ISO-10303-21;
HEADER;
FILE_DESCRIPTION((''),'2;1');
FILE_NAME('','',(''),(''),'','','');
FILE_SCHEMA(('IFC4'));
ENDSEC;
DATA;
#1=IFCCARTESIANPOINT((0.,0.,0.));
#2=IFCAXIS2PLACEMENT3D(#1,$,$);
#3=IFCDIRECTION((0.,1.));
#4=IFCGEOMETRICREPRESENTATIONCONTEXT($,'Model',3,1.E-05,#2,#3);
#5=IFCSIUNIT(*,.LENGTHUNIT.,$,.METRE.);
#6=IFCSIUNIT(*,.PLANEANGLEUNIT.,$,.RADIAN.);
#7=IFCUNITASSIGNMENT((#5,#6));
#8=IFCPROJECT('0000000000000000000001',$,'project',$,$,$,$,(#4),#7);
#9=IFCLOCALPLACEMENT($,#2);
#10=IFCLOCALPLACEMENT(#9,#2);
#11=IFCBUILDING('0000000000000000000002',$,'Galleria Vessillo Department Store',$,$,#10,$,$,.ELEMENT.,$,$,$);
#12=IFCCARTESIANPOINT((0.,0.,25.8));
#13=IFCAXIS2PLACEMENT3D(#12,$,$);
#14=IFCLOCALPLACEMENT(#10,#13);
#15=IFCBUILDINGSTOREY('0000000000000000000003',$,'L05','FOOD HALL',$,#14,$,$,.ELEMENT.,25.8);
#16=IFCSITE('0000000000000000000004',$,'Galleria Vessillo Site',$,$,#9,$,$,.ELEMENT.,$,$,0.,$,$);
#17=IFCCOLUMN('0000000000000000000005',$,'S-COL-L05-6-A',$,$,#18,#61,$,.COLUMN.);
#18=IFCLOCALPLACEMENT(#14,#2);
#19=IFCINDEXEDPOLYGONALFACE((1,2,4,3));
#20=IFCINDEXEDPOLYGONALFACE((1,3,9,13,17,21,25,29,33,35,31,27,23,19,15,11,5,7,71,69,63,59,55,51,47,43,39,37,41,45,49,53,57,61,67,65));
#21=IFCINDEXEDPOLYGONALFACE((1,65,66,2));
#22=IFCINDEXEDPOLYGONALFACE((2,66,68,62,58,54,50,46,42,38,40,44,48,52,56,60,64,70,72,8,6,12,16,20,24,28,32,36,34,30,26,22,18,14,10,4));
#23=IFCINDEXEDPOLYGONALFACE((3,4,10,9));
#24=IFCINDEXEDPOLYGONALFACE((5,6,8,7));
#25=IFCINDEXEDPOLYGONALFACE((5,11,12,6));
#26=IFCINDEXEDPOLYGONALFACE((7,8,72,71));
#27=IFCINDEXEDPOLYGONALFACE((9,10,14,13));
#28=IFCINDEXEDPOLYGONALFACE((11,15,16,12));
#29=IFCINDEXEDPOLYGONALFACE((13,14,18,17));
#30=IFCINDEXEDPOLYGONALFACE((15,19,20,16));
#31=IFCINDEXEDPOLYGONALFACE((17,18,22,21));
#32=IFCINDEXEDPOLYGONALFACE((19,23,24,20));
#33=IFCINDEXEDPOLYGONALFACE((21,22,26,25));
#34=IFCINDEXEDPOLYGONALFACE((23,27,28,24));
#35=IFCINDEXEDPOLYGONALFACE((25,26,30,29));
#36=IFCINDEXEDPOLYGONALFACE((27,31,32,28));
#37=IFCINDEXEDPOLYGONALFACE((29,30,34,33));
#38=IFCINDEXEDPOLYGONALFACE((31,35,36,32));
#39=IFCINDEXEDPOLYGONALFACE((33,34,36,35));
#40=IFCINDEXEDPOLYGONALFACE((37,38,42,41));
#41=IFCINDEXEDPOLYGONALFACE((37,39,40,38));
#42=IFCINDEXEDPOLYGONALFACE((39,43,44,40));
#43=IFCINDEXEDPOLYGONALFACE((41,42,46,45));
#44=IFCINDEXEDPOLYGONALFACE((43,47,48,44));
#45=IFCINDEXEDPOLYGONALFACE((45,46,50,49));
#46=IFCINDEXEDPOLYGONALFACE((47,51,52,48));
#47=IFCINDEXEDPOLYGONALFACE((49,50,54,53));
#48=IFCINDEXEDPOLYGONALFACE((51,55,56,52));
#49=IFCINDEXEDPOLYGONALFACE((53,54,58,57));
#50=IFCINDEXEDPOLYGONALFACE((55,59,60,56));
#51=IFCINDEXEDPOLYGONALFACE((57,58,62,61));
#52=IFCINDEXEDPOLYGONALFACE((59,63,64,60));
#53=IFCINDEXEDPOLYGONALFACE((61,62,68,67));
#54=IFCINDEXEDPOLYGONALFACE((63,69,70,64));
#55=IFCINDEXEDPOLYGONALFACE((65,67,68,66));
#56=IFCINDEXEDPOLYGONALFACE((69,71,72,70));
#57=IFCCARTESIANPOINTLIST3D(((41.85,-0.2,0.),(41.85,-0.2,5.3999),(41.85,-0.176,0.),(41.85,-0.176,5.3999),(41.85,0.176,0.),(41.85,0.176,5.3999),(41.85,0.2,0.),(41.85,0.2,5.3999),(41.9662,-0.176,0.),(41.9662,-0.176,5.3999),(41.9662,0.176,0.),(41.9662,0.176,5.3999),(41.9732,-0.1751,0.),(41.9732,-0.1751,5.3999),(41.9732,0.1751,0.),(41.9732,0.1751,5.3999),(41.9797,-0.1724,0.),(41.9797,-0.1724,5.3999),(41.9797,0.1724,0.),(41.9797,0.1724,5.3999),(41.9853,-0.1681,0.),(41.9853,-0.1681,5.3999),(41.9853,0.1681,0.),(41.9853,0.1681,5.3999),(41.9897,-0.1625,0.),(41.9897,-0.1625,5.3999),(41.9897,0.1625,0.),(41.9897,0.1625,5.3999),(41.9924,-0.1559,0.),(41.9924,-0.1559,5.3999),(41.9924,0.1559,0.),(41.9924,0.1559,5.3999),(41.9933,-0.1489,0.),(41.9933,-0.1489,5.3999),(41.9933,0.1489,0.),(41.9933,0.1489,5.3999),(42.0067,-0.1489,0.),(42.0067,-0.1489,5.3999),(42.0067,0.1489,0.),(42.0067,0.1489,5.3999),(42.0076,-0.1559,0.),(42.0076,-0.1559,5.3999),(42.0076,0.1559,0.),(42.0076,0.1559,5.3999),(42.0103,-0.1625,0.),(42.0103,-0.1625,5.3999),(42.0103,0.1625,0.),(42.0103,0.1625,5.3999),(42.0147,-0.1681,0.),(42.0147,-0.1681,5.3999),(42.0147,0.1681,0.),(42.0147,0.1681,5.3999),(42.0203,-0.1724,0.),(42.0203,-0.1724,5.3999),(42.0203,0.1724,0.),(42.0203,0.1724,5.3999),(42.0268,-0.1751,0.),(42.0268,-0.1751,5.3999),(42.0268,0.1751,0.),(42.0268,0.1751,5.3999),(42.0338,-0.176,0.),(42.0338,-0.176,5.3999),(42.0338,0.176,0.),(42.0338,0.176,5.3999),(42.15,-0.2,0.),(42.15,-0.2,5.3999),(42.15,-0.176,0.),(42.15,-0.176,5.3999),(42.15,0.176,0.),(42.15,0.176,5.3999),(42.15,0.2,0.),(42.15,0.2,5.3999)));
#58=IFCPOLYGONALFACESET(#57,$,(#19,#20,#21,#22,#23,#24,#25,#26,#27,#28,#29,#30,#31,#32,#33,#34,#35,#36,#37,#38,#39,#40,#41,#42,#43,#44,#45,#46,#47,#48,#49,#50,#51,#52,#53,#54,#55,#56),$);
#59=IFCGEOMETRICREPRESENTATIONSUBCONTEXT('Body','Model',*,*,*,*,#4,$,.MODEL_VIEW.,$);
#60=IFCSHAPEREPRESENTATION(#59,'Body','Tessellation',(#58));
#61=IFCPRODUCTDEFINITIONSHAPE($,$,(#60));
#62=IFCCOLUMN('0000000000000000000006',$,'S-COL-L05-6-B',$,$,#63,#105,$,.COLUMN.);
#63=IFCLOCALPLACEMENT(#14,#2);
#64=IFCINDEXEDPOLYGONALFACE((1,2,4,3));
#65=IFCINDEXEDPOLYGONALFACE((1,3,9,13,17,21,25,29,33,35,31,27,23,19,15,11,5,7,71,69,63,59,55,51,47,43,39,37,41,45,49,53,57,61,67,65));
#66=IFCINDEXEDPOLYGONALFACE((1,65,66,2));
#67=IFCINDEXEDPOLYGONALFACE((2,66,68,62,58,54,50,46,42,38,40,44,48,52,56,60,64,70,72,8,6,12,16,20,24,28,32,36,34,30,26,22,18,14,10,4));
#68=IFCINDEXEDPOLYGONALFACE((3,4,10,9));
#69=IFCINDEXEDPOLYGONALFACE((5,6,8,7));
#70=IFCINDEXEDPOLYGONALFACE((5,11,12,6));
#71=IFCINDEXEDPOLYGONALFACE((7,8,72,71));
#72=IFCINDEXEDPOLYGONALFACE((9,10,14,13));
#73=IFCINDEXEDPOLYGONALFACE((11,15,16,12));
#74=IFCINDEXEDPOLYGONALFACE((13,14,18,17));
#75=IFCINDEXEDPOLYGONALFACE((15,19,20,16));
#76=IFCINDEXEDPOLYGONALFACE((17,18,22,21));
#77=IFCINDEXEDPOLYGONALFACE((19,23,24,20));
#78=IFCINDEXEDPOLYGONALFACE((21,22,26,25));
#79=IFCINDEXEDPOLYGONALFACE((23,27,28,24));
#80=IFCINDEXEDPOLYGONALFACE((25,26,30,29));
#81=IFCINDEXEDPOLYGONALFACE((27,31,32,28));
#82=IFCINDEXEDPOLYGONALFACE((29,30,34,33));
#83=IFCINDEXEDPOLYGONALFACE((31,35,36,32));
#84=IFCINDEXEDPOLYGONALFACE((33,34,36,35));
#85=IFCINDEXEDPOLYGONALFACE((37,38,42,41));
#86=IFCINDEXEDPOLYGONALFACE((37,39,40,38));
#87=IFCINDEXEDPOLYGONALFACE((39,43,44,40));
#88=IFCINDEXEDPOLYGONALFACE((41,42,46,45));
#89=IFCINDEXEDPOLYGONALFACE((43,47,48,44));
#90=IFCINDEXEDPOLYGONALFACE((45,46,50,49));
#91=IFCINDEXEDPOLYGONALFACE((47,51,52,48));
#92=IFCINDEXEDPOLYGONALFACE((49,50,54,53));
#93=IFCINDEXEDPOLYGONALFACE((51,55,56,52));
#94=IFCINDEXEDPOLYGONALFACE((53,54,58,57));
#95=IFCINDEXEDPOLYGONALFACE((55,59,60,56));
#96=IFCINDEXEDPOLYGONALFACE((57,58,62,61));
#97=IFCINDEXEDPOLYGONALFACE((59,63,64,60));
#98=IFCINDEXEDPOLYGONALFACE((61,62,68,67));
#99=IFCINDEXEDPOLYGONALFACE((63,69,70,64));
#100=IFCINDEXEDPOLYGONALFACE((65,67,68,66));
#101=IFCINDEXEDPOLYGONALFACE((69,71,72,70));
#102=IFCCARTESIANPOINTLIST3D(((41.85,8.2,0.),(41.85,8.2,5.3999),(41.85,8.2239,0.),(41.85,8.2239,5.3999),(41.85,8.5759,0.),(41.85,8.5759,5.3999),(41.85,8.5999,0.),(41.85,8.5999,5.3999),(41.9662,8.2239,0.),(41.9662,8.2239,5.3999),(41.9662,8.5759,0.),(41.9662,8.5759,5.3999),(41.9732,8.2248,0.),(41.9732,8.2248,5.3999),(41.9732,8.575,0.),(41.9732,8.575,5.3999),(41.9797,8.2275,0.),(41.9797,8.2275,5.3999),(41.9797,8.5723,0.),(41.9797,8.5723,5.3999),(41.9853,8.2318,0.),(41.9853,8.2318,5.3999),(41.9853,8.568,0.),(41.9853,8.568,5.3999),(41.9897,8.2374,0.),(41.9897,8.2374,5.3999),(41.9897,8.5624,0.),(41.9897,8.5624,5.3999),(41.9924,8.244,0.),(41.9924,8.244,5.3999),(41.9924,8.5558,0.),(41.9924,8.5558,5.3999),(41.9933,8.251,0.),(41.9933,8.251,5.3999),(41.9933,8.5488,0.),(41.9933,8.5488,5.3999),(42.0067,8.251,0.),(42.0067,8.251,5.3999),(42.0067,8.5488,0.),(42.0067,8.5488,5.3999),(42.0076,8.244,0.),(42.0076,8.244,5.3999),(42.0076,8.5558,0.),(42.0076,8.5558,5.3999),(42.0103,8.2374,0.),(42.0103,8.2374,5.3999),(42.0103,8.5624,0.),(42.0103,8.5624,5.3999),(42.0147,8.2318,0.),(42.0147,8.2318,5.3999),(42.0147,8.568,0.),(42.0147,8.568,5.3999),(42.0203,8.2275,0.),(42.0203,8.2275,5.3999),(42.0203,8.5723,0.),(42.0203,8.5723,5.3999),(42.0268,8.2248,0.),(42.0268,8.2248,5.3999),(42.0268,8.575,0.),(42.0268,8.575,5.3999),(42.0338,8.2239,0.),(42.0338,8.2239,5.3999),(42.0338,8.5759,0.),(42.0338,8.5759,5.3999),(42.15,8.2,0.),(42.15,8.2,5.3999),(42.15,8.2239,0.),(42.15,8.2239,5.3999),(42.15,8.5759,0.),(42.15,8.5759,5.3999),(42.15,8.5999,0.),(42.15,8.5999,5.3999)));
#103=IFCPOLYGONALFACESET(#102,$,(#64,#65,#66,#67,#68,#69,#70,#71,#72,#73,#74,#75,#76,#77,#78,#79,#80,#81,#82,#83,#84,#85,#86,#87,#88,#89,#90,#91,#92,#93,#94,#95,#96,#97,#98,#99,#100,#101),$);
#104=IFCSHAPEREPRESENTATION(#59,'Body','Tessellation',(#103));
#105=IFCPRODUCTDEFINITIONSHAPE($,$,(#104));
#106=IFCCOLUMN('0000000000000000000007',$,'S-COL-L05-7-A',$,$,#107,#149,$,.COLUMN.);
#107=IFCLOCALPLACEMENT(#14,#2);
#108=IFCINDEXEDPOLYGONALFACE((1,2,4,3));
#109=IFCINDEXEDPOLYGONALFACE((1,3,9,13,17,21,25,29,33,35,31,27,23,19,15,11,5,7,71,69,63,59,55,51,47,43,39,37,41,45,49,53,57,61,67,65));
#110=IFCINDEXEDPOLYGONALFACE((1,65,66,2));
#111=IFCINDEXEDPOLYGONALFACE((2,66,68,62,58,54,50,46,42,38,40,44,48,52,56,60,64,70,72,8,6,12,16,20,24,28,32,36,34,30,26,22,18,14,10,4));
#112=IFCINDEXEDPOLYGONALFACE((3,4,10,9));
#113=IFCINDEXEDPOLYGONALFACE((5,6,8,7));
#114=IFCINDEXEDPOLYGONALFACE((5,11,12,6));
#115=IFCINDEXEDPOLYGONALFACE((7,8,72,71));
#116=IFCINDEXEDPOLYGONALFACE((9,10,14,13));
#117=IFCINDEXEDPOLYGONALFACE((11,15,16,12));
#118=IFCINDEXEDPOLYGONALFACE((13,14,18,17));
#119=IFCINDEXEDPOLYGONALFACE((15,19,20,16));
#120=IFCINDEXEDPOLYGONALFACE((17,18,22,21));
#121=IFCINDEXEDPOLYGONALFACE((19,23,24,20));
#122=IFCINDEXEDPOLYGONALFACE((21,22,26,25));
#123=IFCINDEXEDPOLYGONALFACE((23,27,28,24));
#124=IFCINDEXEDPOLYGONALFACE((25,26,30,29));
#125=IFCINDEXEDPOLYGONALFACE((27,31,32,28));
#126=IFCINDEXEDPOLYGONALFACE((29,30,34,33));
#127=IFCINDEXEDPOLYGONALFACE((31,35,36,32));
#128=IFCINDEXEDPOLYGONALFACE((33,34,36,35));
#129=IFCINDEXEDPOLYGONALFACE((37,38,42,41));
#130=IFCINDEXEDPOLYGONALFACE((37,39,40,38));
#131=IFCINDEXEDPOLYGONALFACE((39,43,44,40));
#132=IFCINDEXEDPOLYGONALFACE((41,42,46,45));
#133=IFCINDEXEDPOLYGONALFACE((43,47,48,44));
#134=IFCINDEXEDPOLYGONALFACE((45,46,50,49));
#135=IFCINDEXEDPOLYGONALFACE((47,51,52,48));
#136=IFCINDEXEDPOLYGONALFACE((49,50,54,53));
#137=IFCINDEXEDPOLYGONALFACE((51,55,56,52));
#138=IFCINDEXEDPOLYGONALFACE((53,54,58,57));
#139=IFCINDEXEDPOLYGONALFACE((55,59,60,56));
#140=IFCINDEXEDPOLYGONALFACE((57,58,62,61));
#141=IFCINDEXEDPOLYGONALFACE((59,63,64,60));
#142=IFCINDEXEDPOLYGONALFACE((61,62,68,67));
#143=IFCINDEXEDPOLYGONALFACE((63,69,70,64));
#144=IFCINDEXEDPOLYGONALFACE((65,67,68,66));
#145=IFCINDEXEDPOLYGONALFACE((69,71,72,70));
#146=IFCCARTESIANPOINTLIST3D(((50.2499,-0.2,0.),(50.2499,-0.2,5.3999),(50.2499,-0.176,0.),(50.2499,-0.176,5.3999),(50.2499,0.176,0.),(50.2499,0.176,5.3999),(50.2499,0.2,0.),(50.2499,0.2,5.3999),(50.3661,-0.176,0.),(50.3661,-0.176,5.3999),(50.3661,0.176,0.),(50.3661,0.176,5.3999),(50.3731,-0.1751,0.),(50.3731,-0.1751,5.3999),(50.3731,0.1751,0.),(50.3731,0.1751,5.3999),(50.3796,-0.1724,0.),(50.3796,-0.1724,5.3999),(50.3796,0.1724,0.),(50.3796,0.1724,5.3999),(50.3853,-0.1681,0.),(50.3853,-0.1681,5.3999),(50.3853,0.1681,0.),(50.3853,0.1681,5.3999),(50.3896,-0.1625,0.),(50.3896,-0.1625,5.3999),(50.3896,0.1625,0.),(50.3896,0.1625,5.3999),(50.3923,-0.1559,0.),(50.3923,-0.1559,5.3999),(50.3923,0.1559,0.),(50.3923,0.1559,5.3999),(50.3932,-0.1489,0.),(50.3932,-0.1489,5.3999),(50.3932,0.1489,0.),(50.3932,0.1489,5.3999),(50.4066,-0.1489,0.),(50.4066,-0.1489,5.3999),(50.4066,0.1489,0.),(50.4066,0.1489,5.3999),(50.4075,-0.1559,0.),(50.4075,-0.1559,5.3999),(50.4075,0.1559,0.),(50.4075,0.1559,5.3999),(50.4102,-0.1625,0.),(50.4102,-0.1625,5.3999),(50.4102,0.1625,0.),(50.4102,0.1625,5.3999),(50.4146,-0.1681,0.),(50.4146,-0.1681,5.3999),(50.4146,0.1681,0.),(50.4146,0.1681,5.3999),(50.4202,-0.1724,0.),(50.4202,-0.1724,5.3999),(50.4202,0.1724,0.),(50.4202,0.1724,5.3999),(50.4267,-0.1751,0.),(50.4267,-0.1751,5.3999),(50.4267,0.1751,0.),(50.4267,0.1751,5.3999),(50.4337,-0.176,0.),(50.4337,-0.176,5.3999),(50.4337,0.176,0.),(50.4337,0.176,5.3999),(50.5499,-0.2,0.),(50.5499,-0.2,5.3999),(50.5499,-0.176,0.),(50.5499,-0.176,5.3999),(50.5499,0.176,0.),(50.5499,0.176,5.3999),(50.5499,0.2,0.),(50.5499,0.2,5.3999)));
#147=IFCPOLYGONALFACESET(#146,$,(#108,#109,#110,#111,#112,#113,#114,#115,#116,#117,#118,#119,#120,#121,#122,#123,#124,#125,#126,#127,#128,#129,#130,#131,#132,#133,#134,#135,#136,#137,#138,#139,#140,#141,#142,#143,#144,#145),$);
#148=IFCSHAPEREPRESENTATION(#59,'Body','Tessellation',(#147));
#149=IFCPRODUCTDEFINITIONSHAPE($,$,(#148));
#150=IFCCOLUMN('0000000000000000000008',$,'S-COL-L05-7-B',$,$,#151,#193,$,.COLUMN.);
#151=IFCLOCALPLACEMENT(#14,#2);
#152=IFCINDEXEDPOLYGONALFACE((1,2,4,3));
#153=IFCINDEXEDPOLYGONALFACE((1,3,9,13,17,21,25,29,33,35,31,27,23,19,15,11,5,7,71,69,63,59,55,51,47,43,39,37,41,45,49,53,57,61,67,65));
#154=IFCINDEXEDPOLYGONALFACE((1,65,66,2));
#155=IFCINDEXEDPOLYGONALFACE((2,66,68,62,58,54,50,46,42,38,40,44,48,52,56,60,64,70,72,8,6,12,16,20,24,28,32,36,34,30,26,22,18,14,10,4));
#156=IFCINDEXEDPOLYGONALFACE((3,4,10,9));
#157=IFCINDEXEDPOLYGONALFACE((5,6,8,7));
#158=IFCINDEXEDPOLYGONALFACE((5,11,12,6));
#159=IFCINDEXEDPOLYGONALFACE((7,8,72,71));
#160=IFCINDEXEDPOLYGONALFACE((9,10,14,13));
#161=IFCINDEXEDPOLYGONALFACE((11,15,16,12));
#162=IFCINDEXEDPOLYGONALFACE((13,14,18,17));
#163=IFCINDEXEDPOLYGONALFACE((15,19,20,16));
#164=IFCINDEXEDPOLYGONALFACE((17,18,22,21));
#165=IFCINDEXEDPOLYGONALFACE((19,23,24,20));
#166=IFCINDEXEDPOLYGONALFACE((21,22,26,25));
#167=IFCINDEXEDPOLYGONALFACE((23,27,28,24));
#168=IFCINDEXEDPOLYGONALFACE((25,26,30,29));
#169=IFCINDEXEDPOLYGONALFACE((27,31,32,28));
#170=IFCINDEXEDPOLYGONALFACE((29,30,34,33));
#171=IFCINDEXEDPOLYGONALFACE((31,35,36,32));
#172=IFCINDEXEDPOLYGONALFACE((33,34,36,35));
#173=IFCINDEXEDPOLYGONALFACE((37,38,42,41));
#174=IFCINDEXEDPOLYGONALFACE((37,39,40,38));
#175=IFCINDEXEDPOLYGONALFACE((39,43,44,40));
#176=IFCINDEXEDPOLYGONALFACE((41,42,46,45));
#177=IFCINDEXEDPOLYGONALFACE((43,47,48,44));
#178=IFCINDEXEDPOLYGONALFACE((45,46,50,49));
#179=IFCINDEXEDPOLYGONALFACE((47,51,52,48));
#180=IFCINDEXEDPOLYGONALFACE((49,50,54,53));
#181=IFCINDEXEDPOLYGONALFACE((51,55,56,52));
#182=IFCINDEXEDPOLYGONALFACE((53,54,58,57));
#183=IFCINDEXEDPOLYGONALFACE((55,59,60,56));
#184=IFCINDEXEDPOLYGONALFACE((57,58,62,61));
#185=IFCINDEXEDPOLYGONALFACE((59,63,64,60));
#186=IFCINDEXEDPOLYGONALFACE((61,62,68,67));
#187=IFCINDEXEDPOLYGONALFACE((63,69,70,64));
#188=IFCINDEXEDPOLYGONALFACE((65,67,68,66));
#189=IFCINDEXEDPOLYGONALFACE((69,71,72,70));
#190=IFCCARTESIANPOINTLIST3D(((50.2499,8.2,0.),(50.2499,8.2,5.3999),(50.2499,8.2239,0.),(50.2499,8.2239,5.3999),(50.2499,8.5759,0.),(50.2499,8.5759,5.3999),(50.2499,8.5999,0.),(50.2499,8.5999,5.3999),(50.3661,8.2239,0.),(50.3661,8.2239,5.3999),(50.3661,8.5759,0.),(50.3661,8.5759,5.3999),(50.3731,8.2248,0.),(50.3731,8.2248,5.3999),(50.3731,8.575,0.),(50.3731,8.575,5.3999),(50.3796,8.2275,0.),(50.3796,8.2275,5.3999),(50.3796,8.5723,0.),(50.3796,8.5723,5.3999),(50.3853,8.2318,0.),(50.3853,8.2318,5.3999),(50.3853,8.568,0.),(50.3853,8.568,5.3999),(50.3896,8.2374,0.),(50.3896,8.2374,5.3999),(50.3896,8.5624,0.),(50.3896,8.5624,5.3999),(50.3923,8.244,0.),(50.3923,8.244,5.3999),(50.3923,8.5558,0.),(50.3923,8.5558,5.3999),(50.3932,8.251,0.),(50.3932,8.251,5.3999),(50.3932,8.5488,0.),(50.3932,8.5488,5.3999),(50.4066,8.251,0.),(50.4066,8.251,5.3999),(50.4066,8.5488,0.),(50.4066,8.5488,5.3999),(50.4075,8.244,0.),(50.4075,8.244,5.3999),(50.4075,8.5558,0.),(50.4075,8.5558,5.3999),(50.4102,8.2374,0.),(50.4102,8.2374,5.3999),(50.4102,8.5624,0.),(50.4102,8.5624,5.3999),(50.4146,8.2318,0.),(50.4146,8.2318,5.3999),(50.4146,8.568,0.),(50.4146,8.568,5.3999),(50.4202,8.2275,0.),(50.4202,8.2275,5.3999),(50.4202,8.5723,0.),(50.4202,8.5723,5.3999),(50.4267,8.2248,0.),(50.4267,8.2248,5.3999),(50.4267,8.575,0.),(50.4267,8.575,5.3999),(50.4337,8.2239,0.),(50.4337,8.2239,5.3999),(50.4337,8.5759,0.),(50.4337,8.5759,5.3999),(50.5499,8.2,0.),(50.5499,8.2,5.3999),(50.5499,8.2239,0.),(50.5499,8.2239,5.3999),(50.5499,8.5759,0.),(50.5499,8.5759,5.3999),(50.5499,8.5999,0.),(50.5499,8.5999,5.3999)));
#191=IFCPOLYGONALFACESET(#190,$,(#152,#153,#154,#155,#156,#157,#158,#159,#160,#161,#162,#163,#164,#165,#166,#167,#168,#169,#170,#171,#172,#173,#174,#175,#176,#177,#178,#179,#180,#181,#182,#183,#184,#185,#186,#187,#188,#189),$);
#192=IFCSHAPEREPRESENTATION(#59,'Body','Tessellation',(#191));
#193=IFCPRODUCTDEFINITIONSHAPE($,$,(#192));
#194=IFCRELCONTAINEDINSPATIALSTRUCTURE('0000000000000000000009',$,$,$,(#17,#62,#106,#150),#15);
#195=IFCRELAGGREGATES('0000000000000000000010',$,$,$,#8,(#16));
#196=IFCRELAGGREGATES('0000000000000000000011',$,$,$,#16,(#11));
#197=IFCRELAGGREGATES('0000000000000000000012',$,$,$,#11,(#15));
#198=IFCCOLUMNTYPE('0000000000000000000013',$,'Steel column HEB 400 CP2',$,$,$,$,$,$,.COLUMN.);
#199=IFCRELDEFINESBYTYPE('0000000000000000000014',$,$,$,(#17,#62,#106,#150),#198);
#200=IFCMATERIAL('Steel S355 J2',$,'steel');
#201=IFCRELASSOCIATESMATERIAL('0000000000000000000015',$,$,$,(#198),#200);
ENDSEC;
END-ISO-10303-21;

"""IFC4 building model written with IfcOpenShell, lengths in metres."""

from ifc_helpers import new_model, si_unit, direction, frame, origin, origin_2d, place, context, subcontext, project, spatial, i_section, extrude, material, material_profile, profile_set, type_object, element, save


model = new_model("IFC4")

# Units and contexts
model_context = context("Model", 3, precision=1e-05, world=origin(), true_north=direction((0.0, 1.0)))
body_context = subcontext(model_context, "Body", "Model", "MODEL_VIEW")
ifc_project = project(units=[si_unit("LENGTHUNIT", "METRE"), si_unit("PLANEANGLEUNIT", "RADIAN")], contexts=[model_context])

# Site, building, storey
site_placement = place(None, origin())
site = spatial("IfcSite", under=ifc_project, at=site_placement, Name="Galleria Vessillo Site", CompositionType="ELEMENT", RefElevation=0.0)
building_placement = place(site_placement, origin())
building = spatial("IfcBuilding", under=site, at=building_placement, Name="Galleria Vessillo Department Store", CompositionType="ELEMENT")
storey_placement = place(building_placement, frame((0.0, 0.0, 25.8)))
storey = spatial("IfcBuildingStorey", under=building, at=storey_placement, Name="L05", Description="FOOD HALL", CompositionType="ELEMENT", Elevation=25.8)

# Columns
ifc_material_1 = material(Name="Steel S355 J2", Category="steel")
ifc_material_profile_1 = material_profile(ifc_material_1, i_section(OverallWidth=0.3, OverallDepth=0.3999, WebThickness=0.0134, FlangeThickness=0.0239, FilletRadius=0.0271, at=origin_2d()), Name="HEB 400")
ifc_profile_set_1 = profile_set([ifc_material_profile_1], Name="Steel S355 J2")
column_type = type_object("IfcColumnType", Name="Steel column HEB 400 CP2", PredefinedType="COLUMN", material=ifc_profile_set_1)
for number, where, z_axis, x_axis, name in (
    (1, (42.0, 0.0, 0.0), (0.0, 0.0, 1.0), (1.0, 0.0, 0.0), "S-COL-L05-6-A"),
    (2, (42.0, 8.3999, 0.0), (0.0, 0.0, 1.0), (1.0, 0.0, 0.0), "S-COL-L05-6-B"),
    (3, (50.3999, 0.0, 0.0), (0.0, 0.0, 1.0), (1.0, 0.0, 0.0), "S-COL-L05-7-A"),
    (4, (50.3999, 8.3999, 0.0), (0.0, 0.0, 1.0), (1.0, 0.0, 0.0), "S-COL-L05-7-B"),
):
    element("IfcColumn", number, at=place(storey_placement, frame(where, z_axis=z_axis, x_axis=x_axis)), inside=storey, type_object=column_type, Name=name, PredefinedType="COLUMN", context=body_context, shape_type="SweptSolid", body=[
        extrude(i_section(OverallWidth=0.3, OverallDepth=0.3999, WebThickness=0.0134, FlangeThickness=0.0239, FilletRadius=0.0271, at=origin_2d()), origin(), (0.0, 0.0, 1.0), 5.3999),
    ])

save(model, "model.ifc")
